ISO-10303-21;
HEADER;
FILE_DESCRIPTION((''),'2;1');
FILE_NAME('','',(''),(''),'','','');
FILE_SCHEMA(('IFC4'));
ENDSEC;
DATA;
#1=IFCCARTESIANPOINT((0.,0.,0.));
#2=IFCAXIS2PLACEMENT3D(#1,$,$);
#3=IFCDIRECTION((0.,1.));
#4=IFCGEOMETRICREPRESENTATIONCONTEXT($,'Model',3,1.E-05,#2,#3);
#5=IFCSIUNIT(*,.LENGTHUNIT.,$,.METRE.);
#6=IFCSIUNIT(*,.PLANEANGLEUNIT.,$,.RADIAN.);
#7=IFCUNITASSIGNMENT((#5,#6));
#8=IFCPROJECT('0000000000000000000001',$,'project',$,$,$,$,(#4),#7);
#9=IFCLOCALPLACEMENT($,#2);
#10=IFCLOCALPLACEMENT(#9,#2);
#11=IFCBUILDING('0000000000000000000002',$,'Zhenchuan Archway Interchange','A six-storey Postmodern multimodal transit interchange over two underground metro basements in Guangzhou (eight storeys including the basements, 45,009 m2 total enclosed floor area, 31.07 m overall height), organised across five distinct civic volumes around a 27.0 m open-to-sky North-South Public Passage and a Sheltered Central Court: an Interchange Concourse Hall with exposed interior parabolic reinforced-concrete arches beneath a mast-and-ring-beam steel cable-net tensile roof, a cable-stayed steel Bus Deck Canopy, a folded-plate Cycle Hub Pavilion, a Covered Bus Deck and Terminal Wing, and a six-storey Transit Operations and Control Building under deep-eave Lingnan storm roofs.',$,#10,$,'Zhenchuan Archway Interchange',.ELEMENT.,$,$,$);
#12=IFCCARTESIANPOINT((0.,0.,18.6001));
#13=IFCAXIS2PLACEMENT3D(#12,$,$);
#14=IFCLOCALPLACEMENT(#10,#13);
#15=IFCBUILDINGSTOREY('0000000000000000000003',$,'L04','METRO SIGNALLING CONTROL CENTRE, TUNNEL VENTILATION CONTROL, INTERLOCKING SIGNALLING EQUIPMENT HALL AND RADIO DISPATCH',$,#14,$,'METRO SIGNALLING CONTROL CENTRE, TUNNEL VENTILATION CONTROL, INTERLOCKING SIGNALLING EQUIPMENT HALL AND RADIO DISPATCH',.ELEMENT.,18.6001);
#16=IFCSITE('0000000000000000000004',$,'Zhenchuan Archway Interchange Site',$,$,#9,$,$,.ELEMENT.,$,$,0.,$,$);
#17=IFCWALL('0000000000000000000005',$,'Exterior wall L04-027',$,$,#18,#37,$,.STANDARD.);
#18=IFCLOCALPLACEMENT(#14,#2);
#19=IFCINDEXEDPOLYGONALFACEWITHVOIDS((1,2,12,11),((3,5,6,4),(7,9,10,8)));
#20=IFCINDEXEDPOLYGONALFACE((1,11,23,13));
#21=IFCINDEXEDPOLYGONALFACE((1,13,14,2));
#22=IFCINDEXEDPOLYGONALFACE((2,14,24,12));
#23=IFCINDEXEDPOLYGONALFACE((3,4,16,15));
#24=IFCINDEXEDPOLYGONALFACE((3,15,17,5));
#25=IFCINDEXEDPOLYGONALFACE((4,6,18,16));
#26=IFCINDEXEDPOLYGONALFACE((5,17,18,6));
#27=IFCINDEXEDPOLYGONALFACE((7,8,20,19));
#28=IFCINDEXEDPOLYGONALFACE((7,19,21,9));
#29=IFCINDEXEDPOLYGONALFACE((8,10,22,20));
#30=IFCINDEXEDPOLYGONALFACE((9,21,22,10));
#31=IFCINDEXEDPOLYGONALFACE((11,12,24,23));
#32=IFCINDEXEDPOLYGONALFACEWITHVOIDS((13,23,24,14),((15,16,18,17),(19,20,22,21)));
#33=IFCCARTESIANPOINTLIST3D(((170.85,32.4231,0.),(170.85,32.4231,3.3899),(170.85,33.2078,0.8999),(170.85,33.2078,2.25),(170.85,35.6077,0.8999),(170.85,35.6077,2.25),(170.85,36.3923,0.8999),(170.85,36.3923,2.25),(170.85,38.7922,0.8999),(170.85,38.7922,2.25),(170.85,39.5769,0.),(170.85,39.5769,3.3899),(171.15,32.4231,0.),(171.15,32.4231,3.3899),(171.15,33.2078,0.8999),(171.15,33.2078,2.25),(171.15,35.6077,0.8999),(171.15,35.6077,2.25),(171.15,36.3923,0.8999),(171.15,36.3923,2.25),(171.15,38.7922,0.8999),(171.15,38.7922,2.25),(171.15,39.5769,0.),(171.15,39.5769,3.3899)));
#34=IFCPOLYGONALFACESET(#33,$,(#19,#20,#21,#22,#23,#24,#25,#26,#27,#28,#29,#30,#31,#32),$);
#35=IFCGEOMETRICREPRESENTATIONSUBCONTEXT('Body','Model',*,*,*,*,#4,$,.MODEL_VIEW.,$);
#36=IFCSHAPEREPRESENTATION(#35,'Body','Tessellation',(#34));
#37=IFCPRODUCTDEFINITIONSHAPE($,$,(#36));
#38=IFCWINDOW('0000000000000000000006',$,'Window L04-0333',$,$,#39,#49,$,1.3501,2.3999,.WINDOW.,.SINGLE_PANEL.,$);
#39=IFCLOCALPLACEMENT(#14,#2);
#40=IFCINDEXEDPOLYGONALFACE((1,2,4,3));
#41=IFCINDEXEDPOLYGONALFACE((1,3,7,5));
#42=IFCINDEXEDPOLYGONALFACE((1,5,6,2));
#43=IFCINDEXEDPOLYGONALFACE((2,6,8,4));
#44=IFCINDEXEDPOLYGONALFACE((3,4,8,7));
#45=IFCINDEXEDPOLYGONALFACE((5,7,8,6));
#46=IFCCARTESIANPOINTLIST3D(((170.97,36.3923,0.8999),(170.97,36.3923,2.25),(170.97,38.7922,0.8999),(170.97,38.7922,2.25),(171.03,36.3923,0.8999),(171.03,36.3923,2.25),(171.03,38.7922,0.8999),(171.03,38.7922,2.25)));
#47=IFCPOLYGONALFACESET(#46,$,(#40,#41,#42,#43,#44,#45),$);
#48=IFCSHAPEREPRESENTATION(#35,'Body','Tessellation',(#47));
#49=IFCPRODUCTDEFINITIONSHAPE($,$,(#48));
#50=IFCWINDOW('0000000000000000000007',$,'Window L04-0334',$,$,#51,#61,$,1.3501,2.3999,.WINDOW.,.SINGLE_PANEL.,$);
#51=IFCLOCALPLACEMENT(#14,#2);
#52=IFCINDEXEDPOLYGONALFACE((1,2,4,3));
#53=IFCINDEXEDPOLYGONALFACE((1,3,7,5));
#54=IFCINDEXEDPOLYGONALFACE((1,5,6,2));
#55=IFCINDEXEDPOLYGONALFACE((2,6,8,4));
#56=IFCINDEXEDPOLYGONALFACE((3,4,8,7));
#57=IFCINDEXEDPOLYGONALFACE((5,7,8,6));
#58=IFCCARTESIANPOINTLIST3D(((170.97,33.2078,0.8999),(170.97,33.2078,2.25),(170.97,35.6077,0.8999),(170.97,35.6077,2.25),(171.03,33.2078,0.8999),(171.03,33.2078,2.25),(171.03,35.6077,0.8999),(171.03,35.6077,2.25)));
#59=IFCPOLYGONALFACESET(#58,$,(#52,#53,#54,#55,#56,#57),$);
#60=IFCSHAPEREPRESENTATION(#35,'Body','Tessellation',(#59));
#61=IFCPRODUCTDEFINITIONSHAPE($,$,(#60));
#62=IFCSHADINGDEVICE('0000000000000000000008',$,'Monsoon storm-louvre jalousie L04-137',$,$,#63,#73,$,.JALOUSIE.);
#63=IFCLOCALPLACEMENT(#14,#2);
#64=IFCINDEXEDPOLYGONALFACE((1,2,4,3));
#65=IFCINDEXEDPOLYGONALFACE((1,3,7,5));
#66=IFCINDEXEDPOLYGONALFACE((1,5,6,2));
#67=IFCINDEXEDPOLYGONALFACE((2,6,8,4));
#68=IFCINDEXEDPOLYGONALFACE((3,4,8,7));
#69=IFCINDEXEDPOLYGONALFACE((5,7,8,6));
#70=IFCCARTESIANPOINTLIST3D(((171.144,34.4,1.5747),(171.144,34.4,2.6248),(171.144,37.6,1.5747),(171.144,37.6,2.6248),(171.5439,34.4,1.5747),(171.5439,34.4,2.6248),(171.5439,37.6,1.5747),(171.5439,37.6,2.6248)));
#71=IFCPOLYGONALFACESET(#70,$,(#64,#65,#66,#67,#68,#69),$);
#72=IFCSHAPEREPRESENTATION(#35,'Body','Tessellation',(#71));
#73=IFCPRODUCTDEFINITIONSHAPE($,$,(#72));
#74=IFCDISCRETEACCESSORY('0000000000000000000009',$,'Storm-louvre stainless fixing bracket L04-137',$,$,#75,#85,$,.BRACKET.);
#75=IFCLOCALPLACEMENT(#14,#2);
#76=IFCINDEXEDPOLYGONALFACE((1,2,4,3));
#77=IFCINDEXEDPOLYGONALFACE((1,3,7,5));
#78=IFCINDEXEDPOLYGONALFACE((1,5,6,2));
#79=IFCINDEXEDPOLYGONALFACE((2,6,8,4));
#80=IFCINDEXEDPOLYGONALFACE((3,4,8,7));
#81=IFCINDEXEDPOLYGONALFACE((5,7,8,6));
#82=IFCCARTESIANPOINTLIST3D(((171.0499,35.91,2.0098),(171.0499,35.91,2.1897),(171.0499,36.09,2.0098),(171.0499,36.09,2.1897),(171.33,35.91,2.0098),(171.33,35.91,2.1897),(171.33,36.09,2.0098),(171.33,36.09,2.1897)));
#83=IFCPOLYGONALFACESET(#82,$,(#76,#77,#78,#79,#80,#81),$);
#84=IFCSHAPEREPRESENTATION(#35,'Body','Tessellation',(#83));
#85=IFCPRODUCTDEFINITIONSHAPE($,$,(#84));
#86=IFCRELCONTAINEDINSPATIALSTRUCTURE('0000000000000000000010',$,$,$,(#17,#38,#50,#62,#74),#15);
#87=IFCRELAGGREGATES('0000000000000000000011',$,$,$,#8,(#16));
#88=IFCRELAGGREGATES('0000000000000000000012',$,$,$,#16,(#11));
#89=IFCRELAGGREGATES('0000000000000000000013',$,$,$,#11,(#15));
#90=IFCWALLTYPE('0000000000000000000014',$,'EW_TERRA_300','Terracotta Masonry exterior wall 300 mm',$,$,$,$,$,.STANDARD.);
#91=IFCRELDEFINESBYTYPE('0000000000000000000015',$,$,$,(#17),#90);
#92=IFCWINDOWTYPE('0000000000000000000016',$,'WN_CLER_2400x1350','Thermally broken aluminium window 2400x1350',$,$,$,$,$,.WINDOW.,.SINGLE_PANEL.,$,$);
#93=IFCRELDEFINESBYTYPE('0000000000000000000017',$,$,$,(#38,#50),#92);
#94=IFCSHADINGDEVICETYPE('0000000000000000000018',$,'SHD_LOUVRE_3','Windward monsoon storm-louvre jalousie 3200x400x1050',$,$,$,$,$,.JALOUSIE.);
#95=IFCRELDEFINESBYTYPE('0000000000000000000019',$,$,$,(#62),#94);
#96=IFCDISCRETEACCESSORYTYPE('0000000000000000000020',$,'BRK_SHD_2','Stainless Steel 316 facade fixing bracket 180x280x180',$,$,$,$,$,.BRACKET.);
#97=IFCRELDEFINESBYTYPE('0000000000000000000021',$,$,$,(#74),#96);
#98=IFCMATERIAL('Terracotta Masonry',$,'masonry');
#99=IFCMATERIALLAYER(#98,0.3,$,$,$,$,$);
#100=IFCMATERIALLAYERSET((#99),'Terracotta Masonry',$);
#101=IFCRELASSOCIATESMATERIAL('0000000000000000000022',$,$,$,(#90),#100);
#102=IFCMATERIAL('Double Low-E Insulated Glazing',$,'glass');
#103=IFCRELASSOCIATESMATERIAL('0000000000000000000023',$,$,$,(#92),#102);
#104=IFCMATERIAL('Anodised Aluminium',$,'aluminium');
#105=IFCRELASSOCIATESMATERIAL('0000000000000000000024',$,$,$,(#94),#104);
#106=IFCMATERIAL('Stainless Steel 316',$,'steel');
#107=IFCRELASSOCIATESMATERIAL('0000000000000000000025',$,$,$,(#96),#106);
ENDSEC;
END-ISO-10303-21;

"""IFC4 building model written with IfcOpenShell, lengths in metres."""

from ifc_helpers import new_model, si_unit, direction, frame, frame_2d, origin, origin_2d, place, context, subcontext, project, spatial, rectangle, extrude, material, layer, layer_set, type_object, element, fill, save


model = new_model("IFC4")

# Units and contexts
model_context = context("Model", 3, precision=1e-05, world=origin(), true_north=direction((0.0, 1.0)))
body_context = subcontext(model_context, "Body", "Model", "MODEL_VIEW")
ifc_project = project(units=[si_unit("LENGTHUNIT", "METRE"), si_unit("PLANEANGLEUNIT", "RADIAN")], contexts=[model_context])

# Site, building, storey
site_placement = place(None, origin())
site = spatial("IfcSite", under=ifc_project, at=site_placement, Name="Zhenchuan Archway Interchange Site", CompositionType="ELEMENT", RefElevation=0.0)
building_placement = place(site_placement, origin())
building = spatial("IfcBuilding", under=site, at=building_placement, Name="Zhenchuan Archway Interchange", Description="A six-storey Postmodern multimodal transit interchange over two underground metro basements in Guangzhou (eight storeys including the basements, 45,009 m2 total enclosed floor area, 31.07 m overall height), organised across five distinct civic volumes around a 27.0 m open-to-sky North-South Public Passage and a Sheltered Central Court: an Interchange Concourse Hall with exposed interior parabolic reinforced-concrete arches beneath a mast-and-ring-beam steel cable-net tensile roof, a cable-stayed steel Bus Deck Canopy, a folded-plate Cycle Hub Pavilion, a Covered Bus Deck and Terminal Wing, and a six-storey Transit Operations and Control Building under deep-eave Lingnan storm roofs.", LongName="Zhenchuan Archway Interchange", CompositionType="ELEMENT")
storey_placement = place(building_placement, frame((0.0, 0.0, 18.6001)))
storey = spatial("IfcBuildingStorey", under=building, at=storey_placement, Name="L04", Description="METRO SIGNALLING CONTROL CENTRE, TUNNEL VENTILATION CONTROL, INTERLOCKING SIGNALLING EQUIPMENT HALL AND RADIO DISPATCH", LongName="METRO SIGNALLING CONTROL CENTRE, TUNNEL VENTILATION CONTROL, INTERLOCKING SIGNALLING EQUIPMENT HALL AND RADIO DISPATCH", CompositionType="ELEMENT", Elevation=18.6001)

# Shared definitions
ifc_material_1 = material(Name="Anodised Aluminium", Category="aluminium")

# Shared definitions
ifc_material_2 = material(Name="Double Low-E Insulated Glazing", Category="glass")

# Wall, openings, windows
ifc_material_3 = material(Name="Terracotta Masonry", Category="masonry")
ifc_layer_1 = layer(ifc_material_3, 0.3)
ifc_layer_set_1 = layer_set([ifc_layer_1], Name="Terracotta Masonry")
wall_type = type_object("IfcWallType", Name="EW_TERRA_300", Description="Terracotta Masonry exterior wall 300 mm", PredefinedType="STANDARD", material=ifc_layer_set_1)
wall_placement = place(storey_placement, frame((171.0, 39.5769, 0.0), z_axis=(0.0, 0.0, 1.0), x_axis=(0.0, -1.0, 0.0)))
wall = element("IfcWall", 1, at=wall_placement, inside=storey, type_object=wall_type, Name="Exterior wall L04-027", PredefinedType="STANDARD", context=body_context, shape_type="SweptSolid", body=[
    extrude(rectangle(XDim=7.1538, YDim=0.3, at=frame_2d((3.5769, 0.0))), origin(), (0.0, 0.0, 1.0), 3.3899),
])
opening_1_placement = place(wall_placement, frame((0.7847, 0.0, 0.8999)))
opening_1 = element("IfcOpeningElement", 2, at=opening_1_placement, cuts=wall, PredefinedType="OPENING", context=body_context, shape_type="SweptSolid", body=[
    extrude(rectangle(XDim=2.3999, YDim=1.3501, at=frame_2d((1.2, 0.675))), frame((0.0, 0.1621, 0.0), z_axis=(0.0, -1.0, 0.0), x_axis=(1.0, 0.0, 0.0)), (0.0, 0.0, 1.0), 0.324),
])
opening_2_placement = place(wall_placement, frame((3.9692, 0.0, 0.8999)))
opening_2 = element("IfcOpeningElement", 3, at=opening_2_placement, cuts=wall, PredefinedType="OPENING", context=body_context, shape_type="SweptSolid", body=[
    extrude(rectangle(XDim=2.3999, YDim=1.3501, at=frame_2d((1.2, 0.675))), frame((0.0, 0.1621, 0.0), z_axis=(0.0, -1.0, 0.0), x_axis=(1.0, 0.0, 0.0)), (0.0, 0.0, 1.0), 0.324),
])
window_type = type_object("IfcWindowType", Name="WN_CLER_2400x1350", Description="Thermally broken aluminium window 2400x1350", PartitioningType="SINGLE_PANEL", PredefinedType="WINDOW", material=ifc_material_2)
window_1_placement = place(opening_1_placement, origin())
window_1 = element("IfcWindow", 4, at=window_1_placement, inside=storey, type_object=window_type, Name="Window L04-0333", OverallHeight=1.3501, OverallWidth=2.3999, PartitioningType="SINGLE_PANEL", PredefinedType="WINDOW", context=body_context, shape_type="SweptSolid", body=[
    extrude(rectangle(XDim=2.3999, YDim=1.3501, at=frame_2d((1.2, 0.675))), frame((0.0, 0.03, 0.0), z_axis=(0.0, -1.0, 0.0), x_axis=(1.0, 0.0, 0.0)), (0.0, 0.0, 1.0), 0.0601),
])
fill(opening_1, window_1)
window_2_placement = place(opening_2_placement, origin())
window_2 = element("IfcWindow", 5, at=window_2_placement, inside=storey, type_object=window_type, Name="Window L04-0334", OverallHeight=1.3501, OverallWidth=2.3999, PartitioningType="SINGLE_PANEL", PredefinedType="WINDOW", context=body_context, shape_type="SweptSolid", body=[
    extrude(rectangle(XDim=2.3999, YDim=1.3501, at=frame_2d((1.2, 0.675))), frame((0.0, 0.03, 0.0), z_axis=(0.0, -1.0, 0.0), x_axis=(1.0, 0.0, 0.0)), (0.0, 0.0, 1.0), 0.0601),
])
fill(opening_2, window_2)

# Shading device
shading_device_type = type_object("IfcShadingDeviceType", Name="SHD_LOUVRE_3", Description="Windward monsoon storm-louvre jalousie 3200x400x1050", PredefinedType="JALOUSIE", material=ifc_material_1)
shading_device_placement = place(storey_placement, frame((171.344, 36.0, 1.5747), z_axis=(0.0, 0.0, 1.0), x_axis=(0.0, -1.0, 0.0)))
element("IfcShadingDevice", 6, at=shading_device_placement, inside=storey, type_object=shading_device_type, Name="Monsoon storm-louvre jalousie L04-137", PredefinedType="JALOUSIE", context=body_context, shape_type="SweptSolid", body=[
    extrude(rectangle(XDim=3.2, YDim=0.3999, at=origin_2d()), origin(), (0.0, 0.0, 1.0), 1.05),
])

# Discrete accessory
ifc_material_4 = material(Name="Stainless Steel 316", Category="steel")
discrete_accessory_type = type_object("IfcDiscreteAccessoryType", Name="BRK_SHD_2", Description="Stainless Steel 316 facade fixing bracket 180x280x180", PredefinedType="BRACKET", material=ifc_material_4)
discrete_accessory_placement = place(storey_placement, frame((171.1899, 36.0, 2.0098), z_axis=(0.0, 0.0, 1.0), x_axis=(0.0, -1.0, 0.0)))
element("IfcDiscreteAccessory", 7, at=discrete_accessory_placement, inside=storey, type_object=discrete_accessory_type, Name="Storm-louvre stainless fixing bracket L04-137", PredefinedType="BRACKET", context=body_context, shape_type="SweptSolid", body=[
    extrude(rectangle(XDim=0.1799, YDim=0.28, at=origin_2d()), origin(), (0.0, 0.0, 1.0), 0.1799),
])

save(model, "model.ifc")
